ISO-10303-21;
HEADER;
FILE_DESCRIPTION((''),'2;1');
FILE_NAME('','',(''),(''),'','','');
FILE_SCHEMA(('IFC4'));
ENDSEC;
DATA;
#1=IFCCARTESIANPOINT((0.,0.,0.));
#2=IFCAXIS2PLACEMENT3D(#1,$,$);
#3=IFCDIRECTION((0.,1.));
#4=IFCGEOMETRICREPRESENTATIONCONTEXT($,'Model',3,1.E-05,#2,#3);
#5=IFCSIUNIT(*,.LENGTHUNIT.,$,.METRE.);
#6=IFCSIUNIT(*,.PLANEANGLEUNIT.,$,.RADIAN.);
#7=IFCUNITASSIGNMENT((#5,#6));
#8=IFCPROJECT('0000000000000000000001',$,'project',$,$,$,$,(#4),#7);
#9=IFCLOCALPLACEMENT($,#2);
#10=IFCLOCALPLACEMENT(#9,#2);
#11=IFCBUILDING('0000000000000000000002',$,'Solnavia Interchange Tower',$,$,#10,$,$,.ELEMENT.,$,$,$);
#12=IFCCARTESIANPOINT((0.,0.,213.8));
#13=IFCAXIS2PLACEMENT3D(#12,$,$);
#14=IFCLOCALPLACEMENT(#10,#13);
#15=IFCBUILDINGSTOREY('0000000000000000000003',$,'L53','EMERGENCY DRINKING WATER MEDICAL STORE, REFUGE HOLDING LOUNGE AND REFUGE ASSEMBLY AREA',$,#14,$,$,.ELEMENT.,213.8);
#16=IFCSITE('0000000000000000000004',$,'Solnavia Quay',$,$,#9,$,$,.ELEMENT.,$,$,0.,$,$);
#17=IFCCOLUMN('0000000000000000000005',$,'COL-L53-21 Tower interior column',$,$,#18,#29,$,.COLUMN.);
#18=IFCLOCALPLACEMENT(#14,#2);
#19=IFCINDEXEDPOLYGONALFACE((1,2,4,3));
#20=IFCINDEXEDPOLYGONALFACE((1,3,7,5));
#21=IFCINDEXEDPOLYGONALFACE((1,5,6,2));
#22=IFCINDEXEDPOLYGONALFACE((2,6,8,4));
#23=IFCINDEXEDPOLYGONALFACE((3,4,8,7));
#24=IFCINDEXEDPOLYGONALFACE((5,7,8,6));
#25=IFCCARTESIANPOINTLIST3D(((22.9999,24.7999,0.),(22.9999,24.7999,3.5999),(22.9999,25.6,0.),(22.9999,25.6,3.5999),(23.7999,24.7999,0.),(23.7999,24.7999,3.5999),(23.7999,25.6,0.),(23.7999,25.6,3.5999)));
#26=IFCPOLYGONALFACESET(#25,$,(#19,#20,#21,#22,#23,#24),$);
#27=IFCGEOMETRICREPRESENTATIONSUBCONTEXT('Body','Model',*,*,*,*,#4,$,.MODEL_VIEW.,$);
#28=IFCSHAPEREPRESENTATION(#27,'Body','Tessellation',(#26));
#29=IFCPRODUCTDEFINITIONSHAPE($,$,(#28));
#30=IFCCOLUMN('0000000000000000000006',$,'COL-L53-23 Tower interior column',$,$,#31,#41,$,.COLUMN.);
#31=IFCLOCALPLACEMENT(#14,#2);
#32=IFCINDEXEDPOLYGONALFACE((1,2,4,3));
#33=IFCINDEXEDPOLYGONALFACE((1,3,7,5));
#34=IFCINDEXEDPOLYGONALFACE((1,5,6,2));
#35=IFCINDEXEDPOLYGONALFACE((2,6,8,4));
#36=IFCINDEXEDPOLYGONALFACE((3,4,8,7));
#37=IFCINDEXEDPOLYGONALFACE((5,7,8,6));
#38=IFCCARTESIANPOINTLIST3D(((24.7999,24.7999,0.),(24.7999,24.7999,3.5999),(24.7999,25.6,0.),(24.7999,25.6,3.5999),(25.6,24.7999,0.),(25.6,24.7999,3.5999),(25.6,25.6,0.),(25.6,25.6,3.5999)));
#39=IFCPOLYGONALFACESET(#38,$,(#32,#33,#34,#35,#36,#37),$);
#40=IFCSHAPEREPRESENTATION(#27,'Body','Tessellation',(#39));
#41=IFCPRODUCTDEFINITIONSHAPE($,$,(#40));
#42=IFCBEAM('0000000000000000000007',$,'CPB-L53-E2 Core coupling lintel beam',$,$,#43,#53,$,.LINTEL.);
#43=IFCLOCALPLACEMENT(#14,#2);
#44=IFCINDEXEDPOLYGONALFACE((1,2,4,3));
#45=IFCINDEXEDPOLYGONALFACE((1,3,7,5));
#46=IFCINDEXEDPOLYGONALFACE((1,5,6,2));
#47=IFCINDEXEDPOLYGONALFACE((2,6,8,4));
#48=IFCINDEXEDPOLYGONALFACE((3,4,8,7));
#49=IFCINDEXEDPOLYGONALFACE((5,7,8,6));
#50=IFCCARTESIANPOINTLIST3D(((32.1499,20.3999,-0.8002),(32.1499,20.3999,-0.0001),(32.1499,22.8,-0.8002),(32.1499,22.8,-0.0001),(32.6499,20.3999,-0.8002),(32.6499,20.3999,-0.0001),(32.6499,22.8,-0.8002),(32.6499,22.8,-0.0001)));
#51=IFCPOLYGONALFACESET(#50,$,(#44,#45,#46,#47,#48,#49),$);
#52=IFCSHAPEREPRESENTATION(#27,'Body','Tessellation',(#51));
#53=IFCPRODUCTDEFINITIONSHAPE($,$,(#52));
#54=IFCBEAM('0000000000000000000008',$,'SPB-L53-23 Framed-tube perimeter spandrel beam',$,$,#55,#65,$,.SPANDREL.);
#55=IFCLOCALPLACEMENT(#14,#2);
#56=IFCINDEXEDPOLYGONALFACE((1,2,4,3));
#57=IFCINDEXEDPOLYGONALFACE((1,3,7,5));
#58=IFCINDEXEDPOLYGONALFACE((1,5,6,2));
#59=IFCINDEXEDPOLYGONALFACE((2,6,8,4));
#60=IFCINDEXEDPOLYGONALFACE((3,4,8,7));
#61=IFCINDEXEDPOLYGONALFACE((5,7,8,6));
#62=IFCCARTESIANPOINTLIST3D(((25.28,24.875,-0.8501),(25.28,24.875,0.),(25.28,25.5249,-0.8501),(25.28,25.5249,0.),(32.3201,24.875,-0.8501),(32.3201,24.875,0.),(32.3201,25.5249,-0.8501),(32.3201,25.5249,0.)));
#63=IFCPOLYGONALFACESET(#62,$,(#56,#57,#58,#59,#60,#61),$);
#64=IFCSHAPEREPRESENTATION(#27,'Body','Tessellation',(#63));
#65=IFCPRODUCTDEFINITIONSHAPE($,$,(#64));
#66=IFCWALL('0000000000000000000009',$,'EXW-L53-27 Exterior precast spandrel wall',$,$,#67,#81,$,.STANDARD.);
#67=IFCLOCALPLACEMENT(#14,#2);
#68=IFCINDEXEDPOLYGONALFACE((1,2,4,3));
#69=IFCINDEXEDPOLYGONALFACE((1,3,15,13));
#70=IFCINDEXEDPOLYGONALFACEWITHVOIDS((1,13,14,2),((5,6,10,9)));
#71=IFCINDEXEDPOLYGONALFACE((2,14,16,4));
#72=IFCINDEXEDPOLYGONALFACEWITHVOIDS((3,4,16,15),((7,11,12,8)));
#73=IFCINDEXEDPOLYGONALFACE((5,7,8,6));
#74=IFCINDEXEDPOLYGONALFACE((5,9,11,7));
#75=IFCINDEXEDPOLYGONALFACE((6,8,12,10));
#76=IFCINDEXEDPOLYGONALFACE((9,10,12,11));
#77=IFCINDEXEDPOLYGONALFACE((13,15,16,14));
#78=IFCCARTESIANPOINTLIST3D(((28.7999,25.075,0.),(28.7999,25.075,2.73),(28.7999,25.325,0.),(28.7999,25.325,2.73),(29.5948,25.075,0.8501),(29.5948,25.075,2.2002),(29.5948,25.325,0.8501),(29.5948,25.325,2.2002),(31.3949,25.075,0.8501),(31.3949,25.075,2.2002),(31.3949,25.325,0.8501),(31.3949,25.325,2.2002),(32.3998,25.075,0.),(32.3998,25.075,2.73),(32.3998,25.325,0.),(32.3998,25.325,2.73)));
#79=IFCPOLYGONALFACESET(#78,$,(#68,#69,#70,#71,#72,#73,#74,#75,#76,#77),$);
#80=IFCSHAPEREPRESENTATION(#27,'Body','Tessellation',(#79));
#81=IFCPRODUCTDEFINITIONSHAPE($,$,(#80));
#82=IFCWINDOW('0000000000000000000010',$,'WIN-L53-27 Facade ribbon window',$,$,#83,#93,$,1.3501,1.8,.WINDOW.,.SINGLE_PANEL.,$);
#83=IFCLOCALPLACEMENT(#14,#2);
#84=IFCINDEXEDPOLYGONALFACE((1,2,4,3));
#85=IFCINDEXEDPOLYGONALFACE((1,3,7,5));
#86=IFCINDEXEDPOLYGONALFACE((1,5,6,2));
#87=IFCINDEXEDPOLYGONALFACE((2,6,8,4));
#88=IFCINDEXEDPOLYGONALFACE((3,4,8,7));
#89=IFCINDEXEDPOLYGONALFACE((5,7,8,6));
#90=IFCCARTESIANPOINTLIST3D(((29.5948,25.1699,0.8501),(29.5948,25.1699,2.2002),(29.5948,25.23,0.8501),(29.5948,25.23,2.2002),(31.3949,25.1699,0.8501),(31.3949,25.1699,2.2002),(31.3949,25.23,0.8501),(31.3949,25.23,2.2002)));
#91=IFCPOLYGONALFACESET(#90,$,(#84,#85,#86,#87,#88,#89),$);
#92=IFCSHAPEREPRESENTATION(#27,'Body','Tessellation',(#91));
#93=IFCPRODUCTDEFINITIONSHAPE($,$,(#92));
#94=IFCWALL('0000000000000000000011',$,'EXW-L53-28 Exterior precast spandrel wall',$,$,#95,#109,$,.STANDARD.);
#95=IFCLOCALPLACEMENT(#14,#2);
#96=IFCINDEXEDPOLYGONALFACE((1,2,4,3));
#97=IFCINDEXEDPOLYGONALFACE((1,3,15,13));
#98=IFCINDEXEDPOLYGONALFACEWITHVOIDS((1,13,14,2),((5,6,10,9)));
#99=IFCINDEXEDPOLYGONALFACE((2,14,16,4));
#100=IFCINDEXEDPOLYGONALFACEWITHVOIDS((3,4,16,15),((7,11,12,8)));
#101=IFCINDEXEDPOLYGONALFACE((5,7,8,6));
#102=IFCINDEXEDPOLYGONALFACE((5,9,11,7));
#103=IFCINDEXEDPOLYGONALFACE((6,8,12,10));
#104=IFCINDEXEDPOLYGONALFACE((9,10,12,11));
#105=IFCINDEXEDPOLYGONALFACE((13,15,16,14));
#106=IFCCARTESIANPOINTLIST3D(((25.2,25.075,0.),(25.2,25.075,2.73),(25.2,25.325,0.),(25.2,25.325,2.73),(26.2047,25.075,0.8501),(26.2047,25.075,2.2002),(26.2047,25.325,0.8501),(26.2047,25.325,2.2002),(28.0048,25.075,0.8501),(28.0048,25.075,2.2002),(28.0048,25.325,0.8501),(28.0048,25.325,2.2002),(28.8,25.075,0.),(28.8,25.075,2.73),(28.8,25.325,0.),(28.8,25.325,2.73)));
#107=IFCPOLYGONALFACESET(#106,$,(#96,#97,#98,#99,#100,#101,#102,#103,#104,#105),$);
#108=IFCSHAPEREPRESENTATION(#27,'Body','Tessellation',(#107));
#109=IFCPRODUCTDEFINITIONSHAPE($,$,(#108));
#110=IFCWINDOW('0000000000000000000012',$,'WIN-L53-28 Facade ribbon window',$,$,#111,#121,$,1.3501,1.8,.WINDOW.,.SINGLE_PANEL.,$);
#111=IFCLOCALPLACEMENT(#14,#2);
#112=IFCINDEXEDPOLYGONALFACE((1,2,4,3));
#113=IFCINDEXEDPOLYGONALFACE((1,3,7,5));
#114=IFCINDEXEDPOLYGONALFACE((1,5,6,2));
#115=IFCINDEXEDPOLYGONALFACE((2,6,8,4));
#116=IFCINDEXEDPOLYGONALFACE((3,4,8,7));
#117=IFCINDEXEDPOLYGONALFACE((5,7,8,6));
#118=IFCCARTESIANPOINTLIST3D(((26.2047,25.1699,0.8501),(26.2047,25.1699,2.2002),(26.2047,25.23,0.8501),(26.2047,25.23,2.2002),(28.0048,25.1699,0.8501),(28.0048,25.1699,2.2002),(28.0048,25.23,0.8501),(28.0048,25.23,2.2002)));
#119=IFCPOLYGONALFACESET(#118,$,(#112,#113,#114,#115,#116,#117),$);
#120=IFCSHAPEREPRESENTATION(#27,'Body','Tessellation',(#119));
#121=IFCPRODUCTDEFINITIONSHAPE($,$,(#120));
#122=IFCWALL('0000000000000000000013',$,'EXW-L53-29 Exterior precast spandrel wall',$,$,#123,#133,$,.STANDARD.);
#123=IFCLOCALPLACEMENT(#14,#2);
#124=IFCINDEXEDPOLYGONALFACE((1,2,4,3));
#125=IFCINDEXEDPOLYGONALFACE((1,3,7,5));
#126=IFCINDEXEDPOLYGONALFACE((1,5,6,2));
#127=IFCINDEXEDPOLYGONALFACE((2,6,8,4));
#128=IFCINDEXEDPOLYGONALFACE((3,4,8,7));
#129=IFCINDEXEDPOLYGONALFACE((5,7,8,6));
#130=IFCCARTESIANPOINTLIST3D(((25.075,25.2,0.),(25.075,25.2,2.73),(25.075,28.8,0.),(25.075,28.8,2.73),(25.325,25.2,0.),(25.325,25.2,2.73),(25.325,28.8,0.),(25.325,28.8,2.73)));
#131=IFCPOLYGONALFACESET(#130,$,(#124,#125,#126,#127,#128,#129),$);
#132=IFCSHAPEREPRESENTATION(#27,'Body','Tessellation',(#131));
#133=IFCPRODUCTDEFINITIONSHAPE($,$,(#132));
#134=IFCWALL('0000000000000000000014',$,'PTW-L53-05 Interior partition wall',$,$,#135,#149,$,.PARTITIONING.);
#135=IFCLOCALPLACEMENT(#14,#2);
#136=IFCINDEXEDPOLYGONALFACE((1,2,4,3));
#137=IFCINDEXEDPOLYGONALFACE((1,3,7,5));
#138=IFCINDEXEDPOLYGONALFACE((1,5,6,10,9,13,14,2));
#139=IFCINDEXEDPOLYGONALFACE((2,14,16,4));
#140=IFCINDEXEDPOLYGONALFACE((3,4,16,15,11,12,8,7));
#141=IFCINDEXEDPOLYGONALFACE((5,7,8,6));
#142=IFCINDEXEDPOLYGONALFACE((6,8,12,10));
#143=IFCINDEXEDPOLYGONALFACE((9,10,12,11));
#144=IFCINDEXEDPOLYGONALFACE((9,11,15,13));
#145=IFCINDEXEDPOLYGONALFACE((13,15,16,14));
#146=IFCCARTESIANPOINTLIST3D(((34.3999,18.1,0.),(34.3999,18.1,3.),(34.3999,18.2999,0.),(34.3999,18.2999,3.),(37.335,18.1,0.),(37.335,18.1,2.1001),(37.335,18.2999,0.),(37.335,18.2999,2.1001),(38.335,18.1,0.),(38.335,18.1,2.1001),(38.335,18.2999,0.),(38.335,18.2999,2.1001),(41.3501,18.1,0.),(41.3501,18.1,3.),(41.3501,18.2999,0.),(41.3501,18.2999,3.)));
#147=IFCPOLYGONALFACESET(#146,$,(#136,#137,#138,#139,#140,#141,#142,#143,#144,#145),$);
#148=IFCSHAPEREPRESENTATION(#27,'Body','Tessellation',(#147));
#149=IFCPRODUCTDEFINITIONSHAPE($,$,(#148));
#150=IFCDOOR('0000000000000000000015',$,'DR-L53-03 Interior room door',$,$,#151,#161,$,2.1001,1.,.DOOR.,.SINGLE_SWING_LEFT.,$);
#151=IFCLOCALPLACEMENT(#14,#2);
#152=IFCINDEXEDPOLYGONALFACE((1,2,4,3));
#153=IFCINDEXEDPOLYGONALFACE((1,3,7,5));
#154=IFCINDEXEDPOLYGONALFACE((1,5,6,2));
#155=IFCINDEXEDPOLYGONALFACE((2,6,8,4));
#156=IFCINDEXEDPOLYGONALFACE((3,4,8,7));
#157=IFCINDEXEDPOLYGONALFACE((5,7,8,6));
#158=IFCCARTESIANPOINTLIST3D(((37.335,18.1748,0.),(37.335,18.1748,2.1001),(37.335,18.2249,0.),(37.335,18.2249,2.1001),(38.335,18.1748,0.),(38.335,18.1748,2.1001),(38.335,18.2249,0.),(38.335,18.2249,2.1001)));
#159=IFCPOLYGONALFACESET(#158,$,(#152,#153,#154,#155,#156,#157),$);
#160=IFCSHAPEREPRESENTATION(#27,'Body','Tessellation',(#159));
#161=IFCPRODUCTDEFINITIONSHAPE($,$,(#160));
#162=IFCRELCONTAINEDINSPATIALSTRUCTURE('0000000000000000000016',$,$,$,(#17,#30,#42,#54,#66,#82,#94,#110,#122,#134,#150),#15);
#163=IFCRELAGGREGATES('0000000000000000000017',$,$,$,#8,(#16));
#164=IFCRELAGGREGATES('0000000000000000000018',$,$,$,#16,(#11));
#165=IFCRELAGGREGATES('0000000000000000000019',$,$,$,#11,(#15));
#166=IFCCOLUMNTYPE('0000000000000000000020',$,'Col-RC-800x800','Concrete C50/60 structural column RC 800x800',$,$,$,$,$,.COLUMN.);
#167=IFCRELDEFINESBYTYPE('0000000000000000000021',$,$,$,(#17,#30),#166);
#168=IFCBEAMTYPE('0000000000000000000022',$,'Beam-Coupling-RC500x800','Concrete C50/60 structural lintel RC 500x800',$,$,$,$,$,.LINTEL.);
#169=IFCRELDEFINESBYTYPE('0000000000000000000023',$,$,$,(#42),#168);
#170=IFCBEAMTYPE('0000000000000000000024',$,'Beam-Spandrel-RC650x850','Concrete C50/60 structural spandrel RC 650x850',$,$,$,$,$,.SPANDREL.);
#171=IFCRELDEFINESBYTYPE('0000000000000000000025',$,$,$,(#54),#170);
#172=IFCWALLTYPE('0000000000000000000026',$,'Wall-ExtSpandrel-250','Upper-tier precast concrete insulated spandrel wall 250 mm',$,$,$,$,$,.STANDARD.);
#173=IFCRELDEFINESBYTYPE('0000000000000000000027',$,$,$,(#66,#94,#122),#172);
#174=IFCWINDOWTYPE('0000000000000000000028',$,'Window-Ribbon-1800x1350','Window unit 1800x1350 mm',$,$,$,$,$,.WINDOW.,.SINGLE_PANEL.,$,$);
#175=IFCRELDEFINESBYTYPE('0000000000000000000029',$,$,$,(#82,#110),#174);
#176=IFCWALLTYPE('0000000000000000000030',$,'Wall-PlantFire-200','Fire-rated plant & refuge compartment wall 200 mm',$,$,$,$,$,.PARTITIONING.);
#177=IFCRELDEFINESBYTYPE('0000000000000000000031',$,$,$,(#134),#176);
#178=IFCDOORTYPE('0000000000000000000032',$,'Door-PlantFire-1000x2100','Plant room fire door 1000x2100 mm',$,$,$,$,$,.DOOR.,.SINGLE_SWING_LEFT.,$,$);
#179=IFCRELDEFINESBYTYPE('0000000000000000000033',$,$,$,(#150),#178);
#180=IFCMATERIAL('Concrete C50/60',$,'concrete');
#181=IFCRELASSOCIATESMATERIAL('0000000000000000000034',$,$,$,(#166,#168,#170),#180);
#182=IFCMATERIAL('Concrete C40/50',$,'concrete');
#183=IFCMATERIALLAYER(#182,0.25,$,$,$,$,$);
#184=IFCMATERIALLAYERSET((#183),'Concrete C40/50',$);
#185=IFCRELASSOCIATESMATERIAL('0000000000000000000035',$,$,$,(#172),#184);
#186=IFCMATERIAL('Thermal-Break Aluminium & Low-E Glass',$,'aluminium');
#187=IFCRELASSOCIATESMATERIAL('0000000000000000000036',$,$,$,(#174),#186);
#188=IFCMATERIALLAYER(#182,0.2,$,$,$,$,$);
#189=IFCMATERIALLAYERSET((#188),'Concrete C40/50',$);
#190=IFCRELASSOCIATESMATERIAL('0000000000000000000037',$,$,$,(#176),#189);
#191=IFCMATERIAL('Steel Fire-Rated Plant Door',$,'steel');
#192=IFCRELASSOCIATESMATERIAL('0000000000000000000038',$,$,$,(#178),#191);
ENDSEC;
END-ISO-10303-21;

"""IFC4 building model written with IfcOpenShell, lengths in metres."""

from ifc_helpers import new_model, si_unit, direction, frame, frame_2d, origin, origin_2d, place, context, subcontext, project, spatial, rectangle, extrude, material, layer, layer_set, material_profile, profile_set, type_object, element, fill, save


model = new_model("IFC4")

# Units and contexts
model_context = context("Model", 3, precision=1e-05, world=origin(), true_north=direction((0.0, 1.0)))
body_context = subcontext(model_context, "Body", "Model", "MODEL_VIEW")
ifc_project = project(units=[si_unit("LENGTHUNIT", "METRE"), si_unit("PLANEANGLEUNIT", "RADIAN")], contexts=[model_context])

# Site, building, storey
site_placement = place(None, origin())
site = spatial("IfcSite", under=ifc_project, at=site_placement, Name="Solnavia Quay", CompositionType="ELEMENT", RefElevation=0.0)
building_placement = place(site_placement, origin())
building = spatial("IfcBuilding", under=site, at=building_placement, Name="Solnavia Interchange Tower", CompositionType="ELEMENT")
storey_placement = place(building_placement, frame((0.0, 0.0, 213.8)))
storey = spatial("IfcBuildingStorey", under=building, at=storey_placement, Name="L53", Description="EMERGENCY DRINKING WATER MEDICAL STORE, REFUGE HOLDING LOUNGE AND REFUGE ASSEMBLY AREA", CompositionType="ELEMENT", Elevation=213.8)

# Columns
ifc_material_1 = material(Name="Concrete C50/60", Category="concrete")
ifc_material_profile_1 = material_profile(ifc_material_1, rectangle(XDim=0.8, YDim=0.8, at=origin_2d()), Name="RC 800x800")
ifc_profile_set_1 = profile_set([ifc_material_profile_1], Name="Concrete C50/60")
column_type = type_object("IfcColumnType", Name="Col-RC-800x800", Description="Concrete C50/60 structural column RC 800x800", PredefinedType="COLUMN", material=ifc_profile_set_1)
for number, where, z_axis, x_axis, name in (
    (1, (23.3999, 25.2, 0.0), (0.0, 0.0, 1.0), (1.0, 0.0, 0.0), "COL-L53-21 Tower interior column"),
    (2, (25.2, 25.2, 0.0), (0.0, 0.0, 1.0), (1.0, 0.0, 0.0), "COL-L53-23 Tower interior column"),
):
    element("IfcColumn", number, at=place(storey_placement, frame(where, z_axis=z_axis, x_axis=x_axis)), inside=storey, type_object=column_type, Name=name, PredefinedType="COLUMN", context=body_context, shape_type="SweptSolid", body=[
        extrude(rectangle(XDim=0.8, YDim=0.8, at=origin_2d()), origin(), (0.0, 0.0, 1.0), 3.5999),
    ])

# Beams
ifc_material_profile_2 = material_profile(ifc_material_1, rectangle(XDim=0.5, YDim=0.8, at=origin_2d()), Name="RC 500x800")
ifc_profile_set_2 = profile_set([ifc_material_profile_2], Name="Concrete C50/60")
beam_type_1 = type_object("IfcBeamType", Name="Beam-Coupling-RC500x800", Description="Concrete C50/60 structural lintel RC 500x800", PredefinedType="LINTEL", material=ifc_profile_set_2)
beam_1_placement = place(storey_placement, frame((32.3999, 20.3999, -0.4001), z_axis=(0.0, 1.0, 0.0), x_axis=(-1.0, 0.0, 0.0)))
element("IfcBeam", 3, at=beam_1_placement, inside=storey, type_object=beam_type_1, Name="CPB-L53-E2 Core coupling lintel beam", PredefinedType="LINTEL", context=body_context, shape_type="SweptSolid", body=[
    extrude(rectangle(XDim=0.5, YDim=0.8, at=origin_2d()), origin(), (0.0, 0.0, 1.0), 2.4001),
])
ifc_material_profile_3 = material_profile(ifc_material_1, rectangle(XDim=0.6499, YDim=0.8501, at=origin_2d()), Name="RC 650x850")
ifc_profile_set_3 = profile_set([ifc_material_profile_3], Name="Concrete C50/60")
beam_type_2 = type_object("IfcBeamType", Name="Beam-Spandrel-RC650x850", Description="Concrete C50/60 structural spandrel RC 650x850", PredefinedType="SPANDREL", material=ifc_profile_set_3)
beam_2_placement = place(storey_placement, frame((32.3201, 25.2, -0.425), z_axis=(-1.0, 0.0, 0.0), x_axis=(0.0, -1.0, 0.0)))
element("IfcBeam", 4, at=beam_2_placement, inside=storey, type_object=beam_type_2, Name="SPB-L53-23 Framed-tube perimeter spandrel beam", PredefinedType="SPANDREL", context=body_context, shape_type="SweptSolid", body=[
    extrude(rectangle(XDim=0.6499, YDim=0.8501, at=origin_2d()), origin(), (0.0, 0.0, 1.0), 7.04),
])

# Walls, openings, windows
ifc_material_2 = material(Name="Concrete C40/50", Category="concrete")
ifc_layer_1 = layer(ifc_material_2, 0.25)
ifc_layer_set_1 = layer_set([ifc_layer_1], Name="Concrete C40/50")
wall_type_1 = type_object("IfcWallType", Name="Wall-ExtSpandrel-250", Description="Upper-tier precast concrete insulated spandrel wall 250 mm", PredefinedType="STANDARD", material=ifc_layer_set_1)
wall_1_placement = place(storey_placement, frame((28.8, 25.2, 0.0), z_axis=(0.0, 0.0, 1.0), x_axis=(1.0, 0.0, 0.0)))
wall_1 = element("IfcWall", 5, at=wall_1_placement, inside=storey, type_object=wall_type_1, Name="EXW-L53-27 Exterior precast spandrel wall", PredefinedType="STANDARD", context=body_context, shape_type="SweptSolid", body=[
    extrude(rectangle(XDim=3.5999, YDim=0.25, at=frame_2d((1.7998, 0.0))), origin(), (0.0, 0.0, 1.0), 2.73),
])
opening_1_placement = place(wall_1_placement, frame((0.7949, 0.0, 0.8501)))
opening_1 = element("IfcOpeningElement", 6, at=opening_1_placement, cuts=wall_1, PredefinedType="OPENING", context=body_context, shape_type="SweptSolid", body=[
    extrude(rectangle(XDim=1.8, YDim=1.3501, at=frame_2d((0.8999, 0.675))), frame((0.0, 0.135, 0.0), z_axis=(0.0, -1.0, 0.0), x_axis=(1.0, 0.0, 0.0)), (0.0, 0.0, 1.0), 0.27),
])
ifc_material_3 = material(Name="Thermal-Break Aluminium & Low-E Glass", Category="aluminium")
window_type = type_object("IfcWindowType", Name="Window-Ribbon-1800x1350", Description="Window unit 1800x1350 mm", PartitioningType="SINGLE_PANEL", PredefinedType="WINDOW", material=ifc_material_3)
window_1_placement = place(opening_1_placement, origin())
window_1 = element("IfcWindow", 7, at=window_1_placement, inside=storey, type_object=window_type, Name="WIN-L53-27 Facade ribbon window", OverallHeight=1.3501, OverallWidth=1.8, PartitioningType="SINGLE_PANEL", PredefinedType="WINDOW", context=body_context, shape_type="SweptSolid", body=[
    extrude(rectangle(XDim=1.8, YDim=1.3501, at=frame_2d((0.8999, 0.675))), frame((0.0, 0.03, 0.0), z_axis=(0.0, -1.0, 0.0), x_axis=(1.0, 0.0, 0.0)), (0.0, 0.0, 1.0), 0.0601),
])
fill(opening_1, window_1)
wall_2_placement = place(storey_placement, frame((25.2, 25.2, 0.0), z_axis=(0.0, 0.0, 1.0), x_axis=(1.0, 0.0, 0.0)))
wall_2 = element("IfcWall", 8, at=wall_2_placement, inside=storey, type_object=wall_type_1, Name="EXW-L53-28 Exterior precast spandrel wall", PredefinedType="STANDARD", context=body_context, shape_type="SweptSolid", body=[
    extrude(rectangle(XDim=3.6001, YDim=0.25, at=frame_2d((1.8, 0.0))), origin(), (0.0, 0.0, 1.0), 2.73),
])
opening_2_placement = place(wall_2_placement, frame((1.0049, 0.0, 0.8501)))
opening_2 = element("IfcOpeningElement", 9, at=opening_2_placement, cuts=wall_2, PredefinedType="OPENING", context=body_context, shape_type="SweptSolid", body=[
    extrude(rectangle(XDim=1.8, YDim=1.3501, at=frame_2d((0.8999, 0.675))), frame((0.0, 0.135, 0.0), z_axis=(0.0, -1.0, 0.0), x_axis=(1.0, 0.0, 0.0)), (0.0, 0.0, 1.0), 0.27),
])
window_2_placement = place(opening_2_placement, origin())
window_2 = element("IfcWindow", 10, at=window_2_placement, inside=storey, type_object=window_type, Name="WIN-L53-28 Facade ribbon window", OverallHeight=1.3501, OverallWidth=1.8, PartitioningType="SINGLE_PANEL", PredefinedType="WINDOW", context=body_context, shape_type="SweptSolid", body=[
    extrude(rectangle(XDim=1.8, YDim=1.3501, at=frame_2d((0.8999, 0.675))), frame((0.0, 0.03, 0.0), z_axis=(0.0, -1.0, 0.0), x_axis=(1.0, 0.0, 0.0)), (0.0, 0.0, 1.0), 0.0601),
])
fill(opening_2, window_2)

# Wall
wall_3_placement = place(storey_placement, frame((25.2, 25.2, 0.0), z_axis=(0.0, 0.0, 1.0), x_axis=(0.0, 1.0, 0.0)))
element("IfcWall", 11, at=wall_3_placement, inside=storey, type_object=wall_type_1, Name="EXW-L53-29 Exterior precast spandrel wall", PredefinedType="STANDARD", context=body_context, shape_type="SweptSolid", body=[
    extrude(rectangle(XDim=3.6001, YDim=0.25, at=frame_2d((1.8, 0.0))), origin(), (0.0, 0.0, 1.0), 2.73),
])

# Wall, opening, door
ifc_layer_2 = layer(ifc_material_2, 0.2)
ifc_layer_set_2 = layer_set([ifc_layer_2], Name="Concrete C40/50")
wall_type_2 = type_object("IfcWallType", Name="Wall-PlantFire-200", Description="Fire-rated plant & refuge compartment wall 200 mm", PredefinedType="PARTITIONING", material=ifc_layer_set_2)
wall_4_placement = place(storey_placement, frame((34.3999, 18.2, 0.0), z_axis=(0.0, 0.0, 1.0), x_axis=(1.0, 0.0, 0.0)))
wall_4 = element("IfcWall", 12, at=wall_4_placement, inside=storey, type_object=wall_type_2, Name="PTW-L53-05 Interior partition wall", PredefinedType="PARTITIONING", context=body_context, shape_type="SweptSolid", body=[
    extrude(rectangle(XDim=6.9502, YDim=0.2, at=frame_2d((3.4751, 0.0))), origin(), (0.0, 0.0, 1.0), 3.0),
])
opening_3_placement = place(wall_4_placement, frame((2.9351, 0.0, 0.0)))
opening_3 = element("IfcOpeningElement", 13, at=opening_3_placement, cuts=wall_4, PredefinedType="OPENING", context=body_context, shape_type="SweptSolid", body=[
    extrude(rectangle(XDim=1.0, YDim=2.1001, at=frame_2d((0.5, 1.05))), frame((0.0, 0.1099, 0.0), z_axis=(0.0, -1.0, 0.0), x_axis=(1.0, 0.0, 0.0)), (0.0, 0.0, 1.0), 0.22),
])
ifc_material_4 = material(Name="Steel Fire-Rated Plant Door", Category="steel")
door_type_1 = type_object("IfcDoorType", Name="Door-PlantFire-1000x2100", Description="Plant room fire door 1000x2100 mm", OperationType="SINGLE_SWING_LEFT", PredefinedType="DOOR", material=ifc_material_4)
door_1_placement = place(opening_3_placement, origin())
door_1 = element("IfcDoor", 14, at=door_1_placement, inside=storey, type_object=door_type_1, Name="DR-L53-03 Interior room door", OperationType="SINGLE_SWING_LEFT", OverallHeight=2.1001, OverallWidth=1.0, PredefinedType="DOOR", context=body_context, shape_type="SweptSolid", body=[
    extrude(rectangle(XDim=1.0, YDim=2.1001, at=frame_2d((0.5, 1.05))), frame((0.0, 0.0249, 0.0), z_axis=(0.0, -1.0, 0.0), x_axis=(1.0, 0.0, 0.0)), (0.0, 0.0, 1.0), 0.05),
])
fill(opening_3, door_1)

save(model, "model.ifc")
